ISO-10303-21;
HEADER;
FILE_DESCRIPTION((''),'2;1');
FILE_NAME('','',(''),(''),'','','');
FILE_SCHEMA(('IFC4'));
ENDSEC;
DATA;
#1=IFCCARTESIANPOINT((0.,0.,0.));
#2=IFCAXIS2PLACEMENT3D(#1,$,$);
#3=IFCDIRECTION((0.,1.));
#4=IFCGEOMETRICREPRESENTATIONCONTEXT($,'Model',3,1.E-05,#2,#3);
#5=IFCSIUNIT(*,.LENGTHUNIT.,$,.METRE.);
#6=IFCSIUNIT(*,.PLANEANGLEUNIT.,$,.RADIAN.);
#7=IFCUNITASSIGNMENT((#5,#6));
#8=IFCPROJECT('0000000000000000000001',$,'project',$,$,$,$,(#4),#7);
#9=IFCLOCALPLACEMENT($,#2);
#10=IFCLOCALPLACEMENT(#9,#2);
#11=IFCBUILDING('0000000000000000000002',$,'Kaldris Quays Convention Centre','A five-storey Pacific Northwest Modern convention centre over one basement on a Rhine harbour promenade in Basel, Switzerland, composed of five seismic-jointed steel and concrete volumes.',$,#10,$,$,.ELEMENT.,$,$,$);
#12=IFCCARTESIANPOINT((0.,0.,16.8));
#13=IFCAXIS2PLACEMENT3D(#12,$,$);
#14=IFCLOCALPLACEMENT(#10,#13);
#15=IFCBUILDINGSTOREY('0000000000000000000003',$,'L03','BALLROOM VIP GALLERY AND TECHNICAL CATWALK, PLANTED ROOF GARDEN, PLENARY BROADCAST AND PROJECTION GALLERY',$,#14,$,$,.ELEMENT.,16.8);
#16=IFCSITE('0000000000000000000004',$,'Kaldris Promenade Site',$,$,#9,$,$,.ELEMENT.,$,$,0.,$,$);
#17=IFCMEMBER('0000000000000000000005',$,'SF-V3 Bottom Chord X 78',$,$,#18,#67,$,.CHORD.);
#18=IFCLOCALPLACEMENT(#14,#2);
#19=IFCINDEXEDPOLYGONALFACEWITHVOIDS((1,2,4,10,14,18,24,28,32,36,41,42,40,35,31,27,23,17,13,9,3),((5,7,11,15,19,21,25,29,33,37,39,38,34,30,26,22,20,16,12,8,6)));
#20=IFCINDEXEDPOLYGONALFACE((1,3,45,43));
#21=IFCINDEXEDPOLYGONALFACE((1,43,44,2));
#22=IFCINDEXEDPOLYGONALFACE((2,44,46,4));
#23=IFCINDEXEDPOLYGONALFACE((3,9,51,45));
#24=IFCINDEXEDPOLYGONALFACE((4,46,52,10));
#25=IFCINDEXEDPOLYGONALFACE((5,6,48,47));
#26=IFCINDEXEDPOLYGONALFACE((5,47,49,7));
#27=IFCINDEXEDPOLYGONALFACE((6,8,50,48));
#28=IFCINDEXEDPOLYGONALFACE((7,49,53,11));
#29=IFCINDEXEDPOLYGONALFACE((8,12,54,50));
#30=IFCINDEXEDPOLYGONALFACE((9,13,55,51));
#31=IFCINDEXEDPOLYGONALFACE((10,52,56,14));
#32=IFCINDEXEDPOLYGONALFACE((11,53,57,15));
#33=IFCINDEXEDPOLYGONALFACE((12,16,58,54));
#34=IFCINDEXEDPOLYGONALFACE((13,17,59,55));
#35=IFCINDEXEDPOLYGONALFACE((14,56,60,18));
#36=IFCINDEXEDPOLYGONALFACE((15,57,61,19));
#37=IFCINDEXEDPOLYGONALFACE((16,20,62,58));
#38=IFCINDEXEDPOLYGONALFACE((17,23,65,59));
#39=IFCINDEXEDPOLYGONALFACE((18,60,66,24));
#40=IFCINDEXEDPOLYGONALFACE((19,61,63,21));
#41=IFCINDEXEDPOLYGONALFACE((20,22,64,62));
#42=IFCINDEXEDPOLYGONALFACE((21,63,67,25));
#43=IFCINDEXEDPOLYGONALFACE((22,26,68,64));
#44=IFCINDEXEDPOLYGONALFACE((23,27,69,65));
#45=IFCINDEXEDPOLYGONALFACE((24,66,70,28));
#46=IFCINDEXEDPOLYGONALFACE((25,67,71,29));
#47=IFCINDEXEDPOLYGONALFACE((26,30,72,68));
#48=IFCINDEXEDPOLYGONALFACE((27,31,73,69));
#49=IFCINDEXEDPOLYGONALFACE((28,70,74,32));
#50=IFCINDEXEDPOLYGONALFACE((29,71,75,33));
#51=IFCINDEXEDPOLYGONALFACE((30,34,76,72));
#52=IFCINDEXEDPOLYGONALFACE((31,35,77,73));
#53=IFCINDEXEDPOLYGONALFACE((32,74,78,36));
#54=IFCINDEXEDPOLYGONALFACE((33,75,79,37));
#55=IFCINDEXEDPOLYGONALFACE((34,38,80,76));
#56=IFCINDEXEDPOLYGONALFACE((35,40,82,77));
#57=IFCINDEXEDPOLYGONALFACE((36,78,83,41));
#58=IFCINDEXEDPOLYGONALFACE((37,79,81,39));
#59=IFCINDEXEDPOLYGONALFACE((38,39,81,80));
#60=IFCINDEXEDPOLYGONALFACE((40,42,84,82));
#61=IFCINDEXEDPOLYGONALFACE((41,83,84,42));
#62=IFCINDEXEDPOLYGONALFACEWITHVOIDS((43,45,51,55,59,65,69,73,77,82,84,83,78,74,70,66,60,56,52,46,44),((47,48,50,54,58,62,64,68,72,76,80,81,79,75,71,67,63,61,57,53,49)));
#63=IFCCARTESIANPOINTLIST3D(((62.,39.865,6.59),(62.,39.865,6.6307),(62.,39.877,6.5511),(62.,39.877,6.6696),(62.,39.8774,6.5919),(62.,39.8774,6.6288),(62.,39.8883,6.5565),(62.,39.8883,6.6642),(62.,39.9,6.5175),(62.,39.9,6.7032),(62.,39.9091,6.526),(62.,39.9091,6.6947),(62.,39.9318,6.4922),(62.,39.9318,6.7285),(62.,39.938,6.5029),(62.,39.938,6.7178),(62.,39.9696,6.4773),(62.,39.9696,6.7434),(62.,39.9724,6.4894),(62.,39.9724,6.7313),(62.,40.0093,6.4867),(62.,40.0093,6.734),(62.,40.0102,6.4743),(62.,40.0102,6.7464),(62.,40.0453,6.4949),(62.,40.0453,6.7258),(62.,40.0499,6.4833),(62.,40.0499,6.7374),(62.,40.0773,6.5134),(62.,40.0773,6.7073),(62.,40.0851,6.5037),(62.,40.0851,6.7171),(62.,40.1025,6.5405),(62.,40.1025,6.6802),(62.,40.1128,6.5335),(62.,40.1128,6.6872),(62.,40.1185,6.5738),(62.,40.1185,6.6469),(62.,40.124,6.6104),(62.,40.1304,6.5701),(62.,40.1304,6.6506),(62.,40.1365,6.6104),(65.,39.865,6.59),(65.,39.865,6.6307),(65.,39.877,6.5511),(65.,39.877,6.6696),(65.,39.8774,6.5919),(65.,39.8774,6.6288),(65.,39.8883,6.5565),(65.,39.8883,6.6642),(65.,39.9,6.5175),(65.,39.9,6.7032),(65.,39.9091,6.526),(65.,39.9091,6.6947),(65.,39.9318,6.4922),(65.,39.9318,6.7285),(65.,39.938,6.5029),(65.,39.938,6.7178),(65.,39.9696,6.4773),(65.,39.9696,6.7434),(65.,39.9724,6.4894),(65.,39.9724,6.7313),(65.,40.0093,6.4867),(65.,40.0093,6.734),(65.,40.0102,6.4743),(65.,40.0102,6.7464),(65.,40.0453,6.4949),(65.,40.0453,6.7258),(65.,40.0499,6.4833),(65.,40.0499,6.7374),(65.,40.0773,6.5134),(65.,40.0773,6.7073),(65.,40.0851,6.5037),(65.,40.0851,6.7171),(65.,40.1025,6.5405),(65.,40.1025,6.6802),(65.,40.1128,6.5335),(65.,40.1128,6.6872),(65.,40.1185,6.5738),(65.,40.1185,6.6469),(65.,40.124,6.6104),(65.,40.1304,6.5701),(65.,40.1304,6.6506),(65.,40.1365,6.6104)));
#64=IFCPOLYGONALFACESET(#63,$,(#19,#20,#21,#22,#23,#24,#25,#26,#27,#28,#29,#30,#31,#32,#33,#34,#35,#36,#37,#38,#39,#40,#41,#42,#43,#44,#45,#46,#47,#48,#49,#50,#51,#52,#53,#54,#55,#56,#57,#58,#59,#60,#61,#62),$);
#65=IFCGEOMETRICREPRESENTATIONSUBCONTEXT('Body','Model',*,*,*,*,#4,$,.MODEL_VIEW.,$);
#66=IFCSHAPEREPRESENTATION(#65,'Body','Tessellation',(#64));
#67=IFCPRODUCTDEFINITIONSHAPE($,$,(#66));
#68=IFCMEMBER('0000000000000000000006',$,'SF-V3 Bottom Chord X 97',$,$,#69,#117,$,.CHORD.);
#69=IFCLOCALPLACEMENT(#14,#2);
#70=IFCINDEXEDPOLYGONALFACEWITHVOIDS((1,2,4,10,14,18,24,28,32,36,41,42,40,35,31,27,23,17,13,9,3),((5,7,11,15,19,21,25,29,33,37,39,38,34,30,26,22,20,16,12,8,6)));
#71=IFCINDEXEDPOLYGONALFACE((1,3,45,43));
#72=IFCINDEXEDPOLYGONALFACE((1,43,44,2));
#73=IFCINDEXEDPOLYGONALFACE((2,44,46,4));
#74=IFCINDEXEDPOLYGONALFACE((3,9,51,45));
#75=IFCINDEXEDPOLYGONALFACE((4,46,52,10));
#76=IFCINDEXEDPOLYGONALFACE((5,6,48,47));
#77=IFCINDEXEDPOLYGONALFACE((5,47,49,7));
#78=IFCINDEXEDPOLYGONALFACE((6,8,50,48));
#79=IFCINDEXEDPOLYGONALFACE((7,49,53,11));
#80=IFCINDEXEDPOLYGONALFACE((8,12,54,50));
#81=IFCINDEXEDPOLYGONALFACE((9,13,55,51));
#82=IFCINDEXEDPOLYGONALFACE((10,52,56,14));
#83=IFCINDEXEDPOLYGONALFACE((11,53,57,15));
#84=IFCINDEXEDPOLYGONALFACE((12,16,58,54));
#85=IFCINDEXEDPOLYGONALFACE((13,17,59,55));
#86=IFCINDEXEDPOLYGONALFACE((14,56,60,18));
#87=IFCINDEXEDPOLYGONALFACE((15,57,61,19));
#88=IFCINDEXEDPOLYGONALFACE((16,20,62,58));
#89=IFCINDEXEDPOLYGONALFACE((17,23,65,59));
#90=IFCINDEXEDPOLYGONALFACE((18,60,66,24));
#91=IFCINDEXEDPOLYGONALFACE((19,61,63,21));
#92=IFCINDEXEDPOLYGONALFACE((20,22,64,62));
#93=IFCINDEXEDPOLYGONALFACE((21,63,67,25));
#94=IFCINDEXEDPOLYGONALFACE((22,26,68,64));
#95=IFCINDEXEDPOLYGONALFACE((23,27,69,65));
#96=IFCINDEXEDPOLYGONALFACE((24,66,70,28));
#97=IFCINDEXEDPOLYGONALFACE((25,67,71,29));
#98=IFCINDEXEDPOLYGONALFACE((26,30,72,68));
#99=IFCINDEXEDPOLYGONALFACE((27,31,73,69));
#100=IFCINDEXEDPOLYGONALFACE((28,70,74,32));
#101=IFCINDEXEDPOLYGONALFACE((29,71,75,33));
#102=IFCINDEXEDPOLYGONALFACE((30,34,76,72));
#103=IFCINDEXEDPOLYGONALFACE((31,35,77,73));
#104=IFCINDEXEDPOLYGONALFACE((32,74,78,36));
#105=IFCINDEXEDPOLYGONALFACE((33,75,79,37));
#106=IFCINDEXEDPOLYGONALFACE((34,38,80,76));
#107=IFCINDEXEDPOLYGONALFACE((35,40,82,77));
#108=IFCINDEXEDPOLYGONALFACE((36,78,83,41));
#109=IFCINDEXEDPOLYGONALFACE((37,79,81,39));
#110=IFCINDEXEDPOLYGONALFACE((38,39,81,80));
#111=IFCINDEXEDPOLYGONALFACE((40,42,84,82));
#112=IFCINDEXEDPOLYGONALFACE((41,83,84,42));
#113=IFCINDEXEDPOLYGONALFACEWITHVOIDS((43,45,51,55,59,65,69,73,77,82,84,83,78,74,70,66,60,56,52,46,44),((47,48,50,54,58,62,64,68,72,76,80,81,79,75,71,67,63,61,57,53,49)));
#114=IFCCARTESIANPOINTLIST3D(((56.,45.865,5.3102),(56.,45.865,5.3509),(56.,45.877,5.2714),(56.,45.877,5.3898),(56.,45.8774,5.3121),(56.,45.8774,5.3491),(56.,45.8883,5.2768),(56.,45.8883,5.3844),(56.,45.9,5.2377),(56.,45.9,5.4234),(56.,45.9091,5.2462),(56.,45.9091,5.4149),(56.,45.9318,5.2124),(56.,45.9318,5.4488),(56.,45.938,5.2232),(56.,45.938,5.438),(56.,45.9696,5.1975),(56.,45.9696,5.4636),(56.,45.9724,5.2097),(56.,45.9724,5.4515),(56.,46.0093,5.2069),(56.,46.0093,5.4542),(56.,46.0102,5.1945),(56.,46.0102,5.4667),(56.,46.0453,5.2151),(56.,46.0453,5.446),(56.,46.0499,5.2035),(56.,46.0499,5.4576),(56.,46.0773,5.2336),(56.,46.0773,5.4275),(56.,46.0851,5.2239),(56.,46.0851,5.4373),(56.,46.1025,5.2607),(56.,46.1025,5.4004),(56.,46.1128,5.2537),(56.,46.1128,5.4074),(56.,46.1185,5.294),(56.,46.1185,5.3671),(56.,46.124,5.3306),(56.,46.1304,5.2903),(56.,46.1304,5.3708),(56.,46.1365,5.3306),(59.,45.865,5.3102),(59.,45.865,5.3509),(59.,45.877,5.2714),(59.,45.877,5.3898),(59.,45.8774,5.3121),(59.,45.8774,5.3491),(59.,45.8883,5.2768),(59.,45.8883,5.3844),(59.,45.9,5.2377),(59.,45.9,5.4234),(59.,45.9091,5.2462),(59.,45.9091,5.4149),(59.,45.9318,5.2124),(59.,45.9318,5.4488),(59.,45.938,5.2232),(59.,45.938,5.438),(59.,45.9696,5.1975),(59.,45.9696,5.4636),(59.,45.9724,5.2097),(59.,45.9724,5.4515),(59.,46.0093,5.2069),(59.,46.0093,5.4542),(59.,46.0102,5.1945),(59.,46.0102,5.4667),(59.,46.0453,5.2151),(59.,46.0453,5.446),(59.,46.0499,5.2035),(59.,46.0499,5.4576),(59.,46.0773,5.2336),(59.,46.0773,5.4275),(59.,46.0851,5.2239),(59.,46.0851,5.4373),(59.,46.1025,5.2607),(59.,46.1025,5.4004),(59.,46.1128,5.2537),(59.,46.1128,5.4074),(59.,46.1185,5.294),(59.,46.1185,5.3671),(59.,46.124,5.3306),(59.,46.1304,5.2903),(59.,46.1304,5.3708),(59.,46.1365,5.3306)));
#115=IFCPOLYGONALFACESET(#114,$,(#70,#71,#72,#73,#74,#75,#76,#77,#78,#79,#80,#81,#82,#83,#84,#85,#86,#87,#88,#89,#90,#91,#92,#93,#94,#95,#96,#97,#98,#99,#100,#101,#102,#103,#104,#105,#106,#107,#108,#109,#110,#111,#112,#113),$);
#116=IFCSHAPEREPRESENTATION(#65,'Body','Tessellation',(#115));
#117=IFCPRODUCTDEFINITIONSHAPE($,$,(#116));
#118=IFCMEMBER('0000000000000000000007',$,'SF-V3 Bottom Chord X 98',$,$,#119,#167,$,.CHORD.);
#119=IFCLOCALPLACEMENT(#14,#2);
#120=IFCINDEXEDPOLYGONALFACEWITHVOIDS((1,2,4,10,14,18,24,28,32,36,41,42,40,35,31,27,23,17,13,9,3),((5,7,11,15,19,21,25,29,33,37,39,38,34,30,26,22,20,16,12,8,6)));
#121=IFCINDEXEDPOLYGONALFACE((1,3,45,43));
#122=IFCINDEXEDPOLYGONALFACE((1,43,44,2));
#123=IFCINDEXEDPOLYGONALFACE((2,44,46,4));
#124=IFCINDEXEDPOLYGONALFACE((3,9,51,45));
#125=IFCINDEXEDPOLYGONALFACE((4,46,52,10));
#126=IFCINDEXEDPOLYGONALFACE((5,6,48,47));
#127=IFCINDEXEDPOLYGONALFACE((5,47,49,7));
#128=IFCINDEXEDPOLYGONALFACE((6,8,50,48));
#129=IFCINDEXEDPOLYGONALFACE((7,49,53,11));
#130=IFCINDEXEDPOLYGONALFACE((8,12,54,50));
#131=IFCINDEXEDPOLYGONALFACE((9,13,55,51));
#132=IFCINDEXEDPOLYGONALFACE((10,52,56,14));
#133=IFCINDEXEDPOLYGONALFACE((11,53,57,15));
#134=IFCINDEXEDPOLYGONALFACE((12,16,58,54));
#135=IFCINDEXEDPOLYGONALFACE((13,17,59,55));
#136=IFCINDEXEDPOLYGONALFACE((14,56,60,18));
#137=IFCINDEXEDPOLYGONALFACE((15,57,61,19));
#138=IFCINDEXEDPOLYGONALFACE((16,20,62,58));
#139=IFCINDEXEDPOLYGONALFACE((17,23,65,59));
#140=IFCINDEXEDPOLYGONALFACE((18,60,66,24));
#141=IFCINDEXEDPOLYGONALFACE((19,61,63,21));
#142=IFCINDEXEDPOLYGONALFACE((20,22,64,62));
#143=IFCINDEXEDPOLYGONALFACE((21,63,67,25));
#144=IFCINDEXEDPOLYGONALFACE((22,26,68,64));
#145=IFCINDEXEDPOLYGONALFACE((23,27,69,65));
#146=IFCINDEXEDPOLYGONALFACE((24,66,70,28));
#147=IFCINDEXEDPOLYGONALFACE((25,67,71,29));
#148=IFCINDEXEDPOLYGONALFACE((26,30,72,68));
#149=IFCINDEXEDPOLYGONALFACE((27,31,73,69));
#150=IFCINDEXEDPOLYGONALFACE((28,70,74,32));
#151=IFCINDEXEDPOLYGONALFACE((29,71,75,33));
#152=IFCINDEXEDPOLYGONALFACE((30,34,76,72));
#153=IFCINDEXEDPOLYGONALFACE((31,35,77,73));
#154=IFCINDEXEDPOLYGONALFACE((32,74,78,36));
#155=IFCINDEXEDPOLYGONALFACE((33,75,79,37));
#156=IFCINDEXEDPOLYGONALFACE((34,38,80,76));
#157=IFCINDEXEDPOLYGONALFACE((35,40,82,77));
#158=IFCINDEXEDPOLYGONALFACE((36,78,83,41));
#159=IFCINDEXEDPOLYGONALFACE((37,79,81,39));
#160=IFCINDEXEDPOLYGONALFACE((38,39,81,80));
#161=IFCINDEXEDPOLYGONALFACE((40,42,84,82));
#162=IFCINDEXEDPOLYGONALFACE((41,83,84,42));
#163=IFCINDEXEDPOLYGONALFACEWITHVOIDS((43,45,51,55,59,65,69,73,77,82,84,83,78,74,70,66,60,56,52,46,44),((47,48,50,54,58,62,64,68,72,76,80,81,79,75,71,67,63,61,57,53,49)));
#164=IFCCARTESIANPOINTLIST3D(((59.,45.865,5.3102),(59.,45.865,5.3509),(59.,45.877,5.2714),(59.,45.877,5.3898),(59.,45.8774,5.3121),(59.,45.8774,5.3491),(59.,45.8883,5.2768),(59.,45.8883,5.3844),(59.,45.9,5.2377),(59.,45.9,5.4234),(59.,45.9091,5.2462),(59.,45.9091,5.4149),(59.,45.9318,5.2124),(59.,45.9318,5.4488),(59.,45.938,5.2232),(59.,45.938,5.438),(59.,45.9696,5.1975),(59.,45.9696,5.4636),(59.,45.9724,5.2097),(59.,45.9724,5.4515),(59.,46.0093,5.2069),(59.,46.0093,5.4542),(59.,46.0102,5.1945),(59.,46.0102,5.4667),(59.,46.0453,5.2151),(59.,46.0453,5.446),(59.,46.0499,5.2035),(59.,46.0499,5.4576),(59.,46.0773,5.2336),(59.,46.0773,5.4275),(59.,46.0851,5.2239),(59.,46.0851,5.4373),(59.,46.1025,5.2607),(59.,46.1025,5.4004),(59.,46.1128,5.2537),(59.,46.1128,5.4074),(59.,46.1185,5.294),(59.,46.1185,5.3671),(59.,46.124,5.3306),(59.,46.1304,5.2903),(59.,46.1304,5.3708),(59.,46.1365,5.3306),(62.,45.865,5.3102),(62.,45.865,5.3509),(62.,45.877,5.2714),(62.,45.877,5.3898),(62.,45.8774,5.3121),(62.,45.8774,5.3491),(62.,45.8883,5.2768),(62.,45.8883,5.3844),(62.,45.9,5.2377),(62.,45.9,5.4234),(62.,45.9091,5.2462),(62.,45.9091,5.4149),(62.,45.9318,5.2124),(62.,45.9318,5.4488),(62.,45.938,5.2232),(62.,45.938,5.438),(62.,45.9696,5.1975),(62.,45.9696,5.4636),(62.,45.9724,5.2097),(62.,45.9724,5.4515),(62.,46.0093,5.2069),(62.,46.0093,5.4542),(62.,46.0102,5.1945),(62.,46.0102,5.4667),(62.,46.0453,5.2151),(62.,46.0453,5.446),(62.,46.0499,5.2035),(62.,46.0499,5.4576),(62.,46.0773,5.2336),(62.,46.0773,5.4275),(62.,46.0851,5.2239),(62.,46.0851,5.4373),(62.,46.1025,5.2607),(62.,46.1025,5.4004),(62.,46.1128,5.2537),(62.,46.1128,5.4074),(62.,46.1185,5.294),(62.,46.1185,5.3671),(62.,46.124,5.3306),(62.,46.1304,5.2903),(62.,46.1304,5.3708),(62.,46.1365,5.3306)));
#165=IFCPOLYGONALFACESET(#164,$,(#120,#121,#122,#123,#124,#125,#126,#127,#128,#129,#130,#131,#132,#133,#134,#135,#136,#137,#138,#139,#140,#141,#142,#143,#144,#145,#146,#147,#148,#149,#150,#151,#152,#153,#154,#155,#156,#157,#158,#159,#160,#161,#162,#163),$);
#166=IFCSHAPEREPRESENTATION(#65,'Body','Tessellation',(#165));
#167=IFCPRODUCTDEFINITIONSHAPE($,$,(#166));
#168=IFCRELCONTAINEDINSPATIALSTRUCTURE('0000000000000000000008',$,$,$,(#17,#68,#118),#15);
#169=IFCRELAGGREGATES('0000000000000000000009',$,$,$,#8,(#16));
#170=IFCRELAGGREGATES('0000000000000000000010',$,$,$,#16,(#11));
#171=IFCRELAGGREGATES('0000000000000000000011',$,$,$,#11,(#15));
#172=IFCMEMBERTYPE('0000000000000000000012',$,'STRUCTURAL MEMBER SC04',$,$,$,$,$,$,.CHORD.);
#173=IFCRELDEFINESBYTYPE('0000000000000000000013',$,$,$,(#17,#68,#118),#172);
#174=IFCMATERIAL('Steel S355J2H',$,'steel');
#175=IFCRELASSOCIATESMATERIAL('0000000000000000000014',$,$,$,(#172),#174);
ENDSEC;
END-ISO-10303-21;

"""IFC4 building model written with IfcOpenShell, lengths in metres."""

from ifc_helpers import new_model, si_unit, direction, frame, origin, origin_2d, place, context, subcontext, project, spatial, hollow_circle, extrude, material, material_profile, profile_set, type_object, element, save


model = new_model("IFC4")

# Units and contexts
model_context = context("Model", 3, precision=1e-05, world=origin(), true_north=direction((0.0, 1.0)))
body_context = subcontext(model_context, "Body", "Model", "MODEL_VIEW")
ifc_project = project(units=[si_unit("LENGTHUNIT", "METRE"), si_unit("PLANEANGLEUNIT", "RADIAN")], contexts=[model_context])

# Site, building, storey
site_placement = place(None, origin())
site = spatial("IfcSite", under=ifc_project, at=site_placement, Name="Kaldris Promenade Site", CompositionType="ELEMENT", RefElevation=0.0)
building_placement = place(site_placement, origin())
building = spatial("IfcBuilding", under=site, at=building_placement, Name="Kaldris Quays Convention Centre", Description="A five-storey Pacific Northwest Modern convention centre over one basement on a Rhine harbour promenade in Basel, Switzerland, composed of five seismic-jointed steel and concrete volumes.", CompositionType="ELEMENT")
storey_placement = place(building_placement, frame((0.0, 0.0, 16.8)))
storey = spatial("IfcBuildingStorey", under=building, at=storey_placement, Name="L03", Description="BALLROOM VIP GALLERY AND TECHNICAL CATWALK, PLANTED ROOF GARDEN, PLENARY BROADCAST AND PROJECTION GALLERY", CompositionType="ELEMENT", Elevation=16.8)

# Members
ifc_material_1 = material(Name="Steel S355J2H", Category="steel")
ifc_material_profile_1 = material_profile(ifc_material_1, hollow_circle(Radius=0.1365, WallThickness=0.0125, at=origin_2d()), Name="CHS 273x12.5")
ifc_profile_set_1 = profile_set([ifc_material_profile_1], Name="Steel S355J2H")
member_type_1 = type_object("IfcMemberType", Name="STRUCTURAL MEMBER SC04", PredefinedType="CHORD", material=ifc_profile_set_1)
for number, where, z_axis, x_axis, name in (
    (1, (62.0, 40.0, 6.6104), (1.0, 0.0, 0.0), (0.0, 1.0, 0.0), "SF-V3 Bottom Chord X 78"),
    (2, (56.0, 46.0, 5.3306), (1.0, 0.0, 0.0), (0.0, 1.0, 0.0), "SF-V3 Bottom Chord X 97"),
    (3, (59.0, 46.0, 5.3306), (1.0, 0.0, 0.0), (0.0, 1.0, 0.0), "SF-V3 Bottom Chord X 98"),
):
    element("IfcMember", number, at=place(storey_placement, frame(where, z_axis=z_axis, x_axis=x_axis)), inside=storey, type_object=member_type_1, Name=name, PredefinedType="CHORD", context=body_context, shape_type="SweptSolid", body=[
        extrude(hollow_circle(Radius=0.1365, WallThickness=0.0125, at=origin_2d()), origin(), (0.0, 0.0, 1.0), 3.0),
    ])

save(model, "model.ifc")
